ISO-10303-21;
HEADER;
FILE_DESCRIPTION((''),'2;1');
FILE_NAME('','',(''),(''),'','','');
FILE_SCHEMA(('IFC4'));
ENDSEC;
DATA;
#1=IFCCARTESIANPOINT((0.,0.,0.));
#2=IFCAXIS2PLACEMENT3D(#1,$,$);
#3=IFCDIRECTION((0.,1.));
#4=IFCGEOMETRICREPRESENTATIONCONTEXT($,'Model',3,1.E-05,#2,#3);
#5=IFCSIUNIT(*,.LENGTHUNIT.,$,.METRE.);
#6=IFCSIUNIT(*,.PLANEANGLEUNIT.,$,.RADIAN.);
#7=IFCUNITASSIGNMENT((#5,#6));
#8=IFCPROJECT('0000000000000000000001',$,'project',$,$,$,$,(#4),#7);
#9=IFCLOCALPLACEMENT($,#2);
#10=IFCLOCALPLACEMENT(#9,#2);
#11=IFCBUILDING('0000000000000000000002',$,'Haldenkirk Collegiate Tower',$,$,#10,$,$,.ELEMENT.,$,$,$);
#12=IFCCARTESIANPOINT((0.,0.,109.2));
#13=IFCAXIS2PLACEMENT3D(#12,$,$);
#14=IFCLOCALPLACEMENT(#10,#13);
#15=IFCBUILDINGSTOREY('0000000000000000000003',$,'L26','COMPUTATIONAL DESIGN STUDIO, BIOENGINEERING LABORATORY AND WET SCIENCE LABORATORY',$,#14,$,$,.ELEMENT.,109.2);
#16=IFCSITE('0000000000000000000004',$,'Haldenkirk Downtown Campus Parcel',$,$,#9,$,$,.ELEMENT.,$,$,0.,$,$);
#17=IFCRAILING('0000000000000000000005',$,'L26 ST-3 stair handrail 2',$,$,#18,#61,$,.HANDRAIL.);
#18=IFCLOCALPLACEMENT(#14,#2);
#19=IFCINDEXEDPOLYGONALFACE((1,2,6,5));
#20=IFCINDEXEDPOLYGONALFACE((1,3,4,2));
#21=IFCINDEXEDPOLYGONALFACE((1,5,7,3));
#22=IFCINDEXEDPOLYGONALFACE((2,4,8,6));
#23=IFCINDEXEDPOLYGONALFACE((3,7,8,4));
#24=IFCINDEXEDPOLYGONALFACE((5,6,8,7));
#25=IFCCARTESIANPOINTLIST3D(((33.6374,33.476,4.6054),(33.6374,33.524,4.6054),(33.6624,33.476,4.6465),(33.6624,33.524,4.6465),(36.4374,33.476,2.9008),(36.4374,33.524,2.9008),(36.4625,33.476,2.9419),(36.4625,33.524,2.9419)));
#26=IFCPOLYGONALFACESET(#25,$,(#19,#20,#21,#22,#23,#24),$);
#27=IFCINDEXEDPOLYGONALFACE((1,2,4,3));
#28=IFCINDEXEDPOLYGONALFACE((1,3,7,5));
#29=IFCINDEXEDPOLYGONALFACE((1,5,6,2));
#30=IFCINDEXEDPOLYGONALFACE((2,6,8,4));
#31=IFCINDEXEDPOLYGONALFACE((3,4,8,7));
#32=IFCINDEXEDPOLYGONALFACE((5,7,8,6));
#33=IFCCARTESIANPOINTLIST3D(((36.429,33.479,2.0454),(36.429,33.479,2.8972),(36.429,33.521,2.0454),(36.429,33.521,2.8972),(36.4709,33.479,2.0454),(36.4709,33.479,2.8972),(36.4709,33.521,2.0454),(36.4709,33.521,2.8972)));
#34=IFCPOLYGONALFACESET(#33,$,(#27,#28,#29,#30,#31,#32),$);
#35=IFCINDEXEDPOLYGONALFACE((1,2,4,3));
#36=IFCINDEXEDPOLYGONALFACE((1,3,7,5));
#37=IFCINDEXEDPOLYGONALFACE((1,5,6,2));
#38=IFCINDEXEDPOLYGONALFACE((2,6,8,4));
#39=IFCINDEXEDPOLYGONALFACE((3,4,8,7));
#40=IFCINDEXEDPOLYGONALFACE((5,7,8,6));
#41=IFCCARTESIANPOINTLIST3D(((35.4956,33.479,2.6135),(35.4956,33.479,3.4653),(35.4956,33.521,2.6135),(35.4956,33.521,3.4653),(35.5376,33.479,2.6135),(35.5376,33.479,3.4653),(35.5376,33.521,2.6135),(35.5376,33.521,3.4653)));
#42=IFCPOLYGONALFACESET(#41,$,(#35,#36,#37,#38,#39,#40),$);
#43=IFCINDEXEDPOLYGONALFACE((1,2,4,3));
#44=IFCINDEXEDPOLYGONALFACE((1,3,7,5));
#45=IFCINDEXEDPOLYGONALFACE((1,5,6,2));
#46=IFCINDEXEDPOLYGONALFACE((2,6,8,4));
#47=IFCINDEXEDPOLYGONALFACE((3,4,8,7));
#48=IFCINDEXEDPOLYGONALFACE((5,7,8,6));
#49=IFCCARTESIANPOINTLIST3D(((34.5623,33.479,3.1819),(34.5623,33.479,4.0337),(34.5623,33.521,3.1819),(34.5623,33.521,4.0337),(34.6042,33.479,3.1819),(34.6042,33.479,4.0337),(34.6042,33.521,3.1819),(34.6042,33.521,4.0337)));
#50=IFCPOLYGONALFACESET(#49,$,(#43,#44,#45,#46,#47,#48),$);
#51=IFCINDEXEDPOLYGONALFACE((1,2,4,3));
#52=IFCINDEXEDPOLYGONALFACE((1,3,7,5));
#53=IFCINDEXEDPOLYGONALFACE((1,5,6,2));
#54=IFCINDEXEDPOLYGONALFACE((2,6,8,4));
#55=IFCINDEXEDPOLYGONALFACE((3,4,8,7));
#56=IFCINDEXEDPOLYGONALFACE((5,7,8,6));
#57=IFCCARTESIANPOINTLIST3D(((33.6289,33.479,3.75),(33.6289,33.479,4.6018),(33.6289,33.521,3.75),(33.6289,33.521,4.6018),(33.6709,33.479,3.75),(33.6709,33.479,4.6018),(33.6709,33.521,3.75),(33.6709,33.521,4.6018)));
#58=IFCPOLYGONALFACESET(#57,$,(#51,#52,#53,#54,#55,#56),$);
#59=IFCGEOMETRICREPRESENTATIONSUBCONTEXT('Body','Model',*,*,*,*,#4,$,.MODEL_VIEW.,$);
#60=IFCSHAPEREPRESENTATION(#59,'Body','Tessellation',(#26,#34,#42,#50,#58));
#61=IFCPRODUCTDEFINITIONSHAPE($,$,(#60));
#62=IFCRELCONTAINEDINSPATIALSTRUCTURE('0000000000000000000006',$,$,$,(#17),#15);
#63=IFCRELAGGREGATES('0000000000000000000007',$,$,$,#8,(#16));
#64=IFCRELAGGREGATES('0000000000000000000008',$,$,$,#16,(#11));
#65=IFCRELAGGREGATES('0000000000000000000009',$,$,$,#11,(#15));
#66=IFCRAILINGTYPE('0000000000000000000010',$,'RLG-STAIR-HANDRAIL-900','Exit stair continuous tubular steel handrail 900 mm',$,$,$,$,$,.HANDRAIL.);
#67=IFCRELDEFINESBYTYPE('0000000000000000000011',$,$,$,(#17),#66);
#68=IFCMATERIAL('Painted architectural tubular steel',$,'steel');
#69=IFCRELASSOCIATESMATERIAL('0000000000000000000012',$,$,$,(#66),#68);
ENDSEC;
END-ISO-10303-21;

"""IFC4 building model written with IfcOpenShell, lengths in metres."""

from ifc_helpers import new_model, si_unit, direction, frame, origin, origin_2d, place, context, subcontext, project, spatial, rectangle, extrude, material, type_object, element, save


model = new_model("IFC4")

# Units and contexts
model_context = context("Model", 3, precision=1e-05, world=origin(), true_north=direction((0.0, 1.0)))
body_context = subcontext(model_context, "Body", "Model", "MODEL_VIEW")
ifc_project = project(units=[si_unit("LENGTHUNIT", "METRE"), si_unit("PLANEANGLEUNIT", "RADIAN")], contexts=[model_context])

# Site, building, storey
site_placement = place(None, origin())
site = spatial("IfcSite", under=ifc_project, at=site_placement, Name="Haldenkirk Downtown Campus Parcel", CompositionType="ELEMENT", RefElevation=0.0)
building_placement = place(site_placement, origin())
building = spatial("IfcBuilding", under=site, at=building_placement, Name="Haldenkirk Collegiate Tower", CompositionType="ELEMENT")
storey_placement = place(building_placement, frame((0.0, 0.0, 109.2)))
storey = spatial("IfcBuildingStorey", under=building, at=storey_placement, Name="L26", Description="COMPUTATIONAL DESIGN STUDIO, BIOENGINEERING LABORATORY AND WET SCIENCE LABORATORY", CompositionType="ELEMENT", Elevation=109.2)

# Railing
ifc_material_1 = material(Name="Painted architectural tubular steel", Category="steel")
railing_type_1 = type_object("IfcRailingType", Name="RLG-STAIR-HANDRAIL-900", Description="Exit stair continuous tubular steel handrail 900 mm", PredefinedType="HANDRAIL", material=ifc_material_1)
railing_1_placement = place(storey_placement, frame((36.45, 33.5, 2.0454)))
element("IfcRailing", 1, at=railing_1_placement, inside=storey, type_object=railing_type_1, Name="L26 ST-3 stair handrail 2", PredefinedType="HANDRAIL", context=body_context, shape_type="SweptSolid", body=[
    extrude(rectangle(XDim=0.0481, YDim=0.0481, at=origin_2d()), frame((0.0, 0.0, 0.876), z_axis=(-0.85417, 0.0, 0.519994), x_axis=(0.0, -1.0, 0.0)), (0.0, 0.0, 1.0), 3.2781),
    extrude(rectangle(XDim=0.042, YDim=0.042, at=origin_2d()), origin(), (0.0, 0.0, 1.0), 0.8518),
    extrude(rectangle(XDim=0.042, YDim=0.042, at=origin_2d()), frame((-0.9333, 0.0, 0.5681)), (0.0, 0.0, 1.0), 0.8518),
    extrude(rectangle(XDim=0.042, YDim=0.042, at=origin_2d()), frame((-1.8667, 0.0, 1.1365)), (0.0, 0.0, 1.0), 0.8518),
    extrude(rectangle(XDim=0.042, YDim=0.042, at=origin_2d()), frame((-2.8, 0.0, 1.7046)), (0.0, 0.0, 1.0), 0.8518),
])

save(model, "model.ifc")
